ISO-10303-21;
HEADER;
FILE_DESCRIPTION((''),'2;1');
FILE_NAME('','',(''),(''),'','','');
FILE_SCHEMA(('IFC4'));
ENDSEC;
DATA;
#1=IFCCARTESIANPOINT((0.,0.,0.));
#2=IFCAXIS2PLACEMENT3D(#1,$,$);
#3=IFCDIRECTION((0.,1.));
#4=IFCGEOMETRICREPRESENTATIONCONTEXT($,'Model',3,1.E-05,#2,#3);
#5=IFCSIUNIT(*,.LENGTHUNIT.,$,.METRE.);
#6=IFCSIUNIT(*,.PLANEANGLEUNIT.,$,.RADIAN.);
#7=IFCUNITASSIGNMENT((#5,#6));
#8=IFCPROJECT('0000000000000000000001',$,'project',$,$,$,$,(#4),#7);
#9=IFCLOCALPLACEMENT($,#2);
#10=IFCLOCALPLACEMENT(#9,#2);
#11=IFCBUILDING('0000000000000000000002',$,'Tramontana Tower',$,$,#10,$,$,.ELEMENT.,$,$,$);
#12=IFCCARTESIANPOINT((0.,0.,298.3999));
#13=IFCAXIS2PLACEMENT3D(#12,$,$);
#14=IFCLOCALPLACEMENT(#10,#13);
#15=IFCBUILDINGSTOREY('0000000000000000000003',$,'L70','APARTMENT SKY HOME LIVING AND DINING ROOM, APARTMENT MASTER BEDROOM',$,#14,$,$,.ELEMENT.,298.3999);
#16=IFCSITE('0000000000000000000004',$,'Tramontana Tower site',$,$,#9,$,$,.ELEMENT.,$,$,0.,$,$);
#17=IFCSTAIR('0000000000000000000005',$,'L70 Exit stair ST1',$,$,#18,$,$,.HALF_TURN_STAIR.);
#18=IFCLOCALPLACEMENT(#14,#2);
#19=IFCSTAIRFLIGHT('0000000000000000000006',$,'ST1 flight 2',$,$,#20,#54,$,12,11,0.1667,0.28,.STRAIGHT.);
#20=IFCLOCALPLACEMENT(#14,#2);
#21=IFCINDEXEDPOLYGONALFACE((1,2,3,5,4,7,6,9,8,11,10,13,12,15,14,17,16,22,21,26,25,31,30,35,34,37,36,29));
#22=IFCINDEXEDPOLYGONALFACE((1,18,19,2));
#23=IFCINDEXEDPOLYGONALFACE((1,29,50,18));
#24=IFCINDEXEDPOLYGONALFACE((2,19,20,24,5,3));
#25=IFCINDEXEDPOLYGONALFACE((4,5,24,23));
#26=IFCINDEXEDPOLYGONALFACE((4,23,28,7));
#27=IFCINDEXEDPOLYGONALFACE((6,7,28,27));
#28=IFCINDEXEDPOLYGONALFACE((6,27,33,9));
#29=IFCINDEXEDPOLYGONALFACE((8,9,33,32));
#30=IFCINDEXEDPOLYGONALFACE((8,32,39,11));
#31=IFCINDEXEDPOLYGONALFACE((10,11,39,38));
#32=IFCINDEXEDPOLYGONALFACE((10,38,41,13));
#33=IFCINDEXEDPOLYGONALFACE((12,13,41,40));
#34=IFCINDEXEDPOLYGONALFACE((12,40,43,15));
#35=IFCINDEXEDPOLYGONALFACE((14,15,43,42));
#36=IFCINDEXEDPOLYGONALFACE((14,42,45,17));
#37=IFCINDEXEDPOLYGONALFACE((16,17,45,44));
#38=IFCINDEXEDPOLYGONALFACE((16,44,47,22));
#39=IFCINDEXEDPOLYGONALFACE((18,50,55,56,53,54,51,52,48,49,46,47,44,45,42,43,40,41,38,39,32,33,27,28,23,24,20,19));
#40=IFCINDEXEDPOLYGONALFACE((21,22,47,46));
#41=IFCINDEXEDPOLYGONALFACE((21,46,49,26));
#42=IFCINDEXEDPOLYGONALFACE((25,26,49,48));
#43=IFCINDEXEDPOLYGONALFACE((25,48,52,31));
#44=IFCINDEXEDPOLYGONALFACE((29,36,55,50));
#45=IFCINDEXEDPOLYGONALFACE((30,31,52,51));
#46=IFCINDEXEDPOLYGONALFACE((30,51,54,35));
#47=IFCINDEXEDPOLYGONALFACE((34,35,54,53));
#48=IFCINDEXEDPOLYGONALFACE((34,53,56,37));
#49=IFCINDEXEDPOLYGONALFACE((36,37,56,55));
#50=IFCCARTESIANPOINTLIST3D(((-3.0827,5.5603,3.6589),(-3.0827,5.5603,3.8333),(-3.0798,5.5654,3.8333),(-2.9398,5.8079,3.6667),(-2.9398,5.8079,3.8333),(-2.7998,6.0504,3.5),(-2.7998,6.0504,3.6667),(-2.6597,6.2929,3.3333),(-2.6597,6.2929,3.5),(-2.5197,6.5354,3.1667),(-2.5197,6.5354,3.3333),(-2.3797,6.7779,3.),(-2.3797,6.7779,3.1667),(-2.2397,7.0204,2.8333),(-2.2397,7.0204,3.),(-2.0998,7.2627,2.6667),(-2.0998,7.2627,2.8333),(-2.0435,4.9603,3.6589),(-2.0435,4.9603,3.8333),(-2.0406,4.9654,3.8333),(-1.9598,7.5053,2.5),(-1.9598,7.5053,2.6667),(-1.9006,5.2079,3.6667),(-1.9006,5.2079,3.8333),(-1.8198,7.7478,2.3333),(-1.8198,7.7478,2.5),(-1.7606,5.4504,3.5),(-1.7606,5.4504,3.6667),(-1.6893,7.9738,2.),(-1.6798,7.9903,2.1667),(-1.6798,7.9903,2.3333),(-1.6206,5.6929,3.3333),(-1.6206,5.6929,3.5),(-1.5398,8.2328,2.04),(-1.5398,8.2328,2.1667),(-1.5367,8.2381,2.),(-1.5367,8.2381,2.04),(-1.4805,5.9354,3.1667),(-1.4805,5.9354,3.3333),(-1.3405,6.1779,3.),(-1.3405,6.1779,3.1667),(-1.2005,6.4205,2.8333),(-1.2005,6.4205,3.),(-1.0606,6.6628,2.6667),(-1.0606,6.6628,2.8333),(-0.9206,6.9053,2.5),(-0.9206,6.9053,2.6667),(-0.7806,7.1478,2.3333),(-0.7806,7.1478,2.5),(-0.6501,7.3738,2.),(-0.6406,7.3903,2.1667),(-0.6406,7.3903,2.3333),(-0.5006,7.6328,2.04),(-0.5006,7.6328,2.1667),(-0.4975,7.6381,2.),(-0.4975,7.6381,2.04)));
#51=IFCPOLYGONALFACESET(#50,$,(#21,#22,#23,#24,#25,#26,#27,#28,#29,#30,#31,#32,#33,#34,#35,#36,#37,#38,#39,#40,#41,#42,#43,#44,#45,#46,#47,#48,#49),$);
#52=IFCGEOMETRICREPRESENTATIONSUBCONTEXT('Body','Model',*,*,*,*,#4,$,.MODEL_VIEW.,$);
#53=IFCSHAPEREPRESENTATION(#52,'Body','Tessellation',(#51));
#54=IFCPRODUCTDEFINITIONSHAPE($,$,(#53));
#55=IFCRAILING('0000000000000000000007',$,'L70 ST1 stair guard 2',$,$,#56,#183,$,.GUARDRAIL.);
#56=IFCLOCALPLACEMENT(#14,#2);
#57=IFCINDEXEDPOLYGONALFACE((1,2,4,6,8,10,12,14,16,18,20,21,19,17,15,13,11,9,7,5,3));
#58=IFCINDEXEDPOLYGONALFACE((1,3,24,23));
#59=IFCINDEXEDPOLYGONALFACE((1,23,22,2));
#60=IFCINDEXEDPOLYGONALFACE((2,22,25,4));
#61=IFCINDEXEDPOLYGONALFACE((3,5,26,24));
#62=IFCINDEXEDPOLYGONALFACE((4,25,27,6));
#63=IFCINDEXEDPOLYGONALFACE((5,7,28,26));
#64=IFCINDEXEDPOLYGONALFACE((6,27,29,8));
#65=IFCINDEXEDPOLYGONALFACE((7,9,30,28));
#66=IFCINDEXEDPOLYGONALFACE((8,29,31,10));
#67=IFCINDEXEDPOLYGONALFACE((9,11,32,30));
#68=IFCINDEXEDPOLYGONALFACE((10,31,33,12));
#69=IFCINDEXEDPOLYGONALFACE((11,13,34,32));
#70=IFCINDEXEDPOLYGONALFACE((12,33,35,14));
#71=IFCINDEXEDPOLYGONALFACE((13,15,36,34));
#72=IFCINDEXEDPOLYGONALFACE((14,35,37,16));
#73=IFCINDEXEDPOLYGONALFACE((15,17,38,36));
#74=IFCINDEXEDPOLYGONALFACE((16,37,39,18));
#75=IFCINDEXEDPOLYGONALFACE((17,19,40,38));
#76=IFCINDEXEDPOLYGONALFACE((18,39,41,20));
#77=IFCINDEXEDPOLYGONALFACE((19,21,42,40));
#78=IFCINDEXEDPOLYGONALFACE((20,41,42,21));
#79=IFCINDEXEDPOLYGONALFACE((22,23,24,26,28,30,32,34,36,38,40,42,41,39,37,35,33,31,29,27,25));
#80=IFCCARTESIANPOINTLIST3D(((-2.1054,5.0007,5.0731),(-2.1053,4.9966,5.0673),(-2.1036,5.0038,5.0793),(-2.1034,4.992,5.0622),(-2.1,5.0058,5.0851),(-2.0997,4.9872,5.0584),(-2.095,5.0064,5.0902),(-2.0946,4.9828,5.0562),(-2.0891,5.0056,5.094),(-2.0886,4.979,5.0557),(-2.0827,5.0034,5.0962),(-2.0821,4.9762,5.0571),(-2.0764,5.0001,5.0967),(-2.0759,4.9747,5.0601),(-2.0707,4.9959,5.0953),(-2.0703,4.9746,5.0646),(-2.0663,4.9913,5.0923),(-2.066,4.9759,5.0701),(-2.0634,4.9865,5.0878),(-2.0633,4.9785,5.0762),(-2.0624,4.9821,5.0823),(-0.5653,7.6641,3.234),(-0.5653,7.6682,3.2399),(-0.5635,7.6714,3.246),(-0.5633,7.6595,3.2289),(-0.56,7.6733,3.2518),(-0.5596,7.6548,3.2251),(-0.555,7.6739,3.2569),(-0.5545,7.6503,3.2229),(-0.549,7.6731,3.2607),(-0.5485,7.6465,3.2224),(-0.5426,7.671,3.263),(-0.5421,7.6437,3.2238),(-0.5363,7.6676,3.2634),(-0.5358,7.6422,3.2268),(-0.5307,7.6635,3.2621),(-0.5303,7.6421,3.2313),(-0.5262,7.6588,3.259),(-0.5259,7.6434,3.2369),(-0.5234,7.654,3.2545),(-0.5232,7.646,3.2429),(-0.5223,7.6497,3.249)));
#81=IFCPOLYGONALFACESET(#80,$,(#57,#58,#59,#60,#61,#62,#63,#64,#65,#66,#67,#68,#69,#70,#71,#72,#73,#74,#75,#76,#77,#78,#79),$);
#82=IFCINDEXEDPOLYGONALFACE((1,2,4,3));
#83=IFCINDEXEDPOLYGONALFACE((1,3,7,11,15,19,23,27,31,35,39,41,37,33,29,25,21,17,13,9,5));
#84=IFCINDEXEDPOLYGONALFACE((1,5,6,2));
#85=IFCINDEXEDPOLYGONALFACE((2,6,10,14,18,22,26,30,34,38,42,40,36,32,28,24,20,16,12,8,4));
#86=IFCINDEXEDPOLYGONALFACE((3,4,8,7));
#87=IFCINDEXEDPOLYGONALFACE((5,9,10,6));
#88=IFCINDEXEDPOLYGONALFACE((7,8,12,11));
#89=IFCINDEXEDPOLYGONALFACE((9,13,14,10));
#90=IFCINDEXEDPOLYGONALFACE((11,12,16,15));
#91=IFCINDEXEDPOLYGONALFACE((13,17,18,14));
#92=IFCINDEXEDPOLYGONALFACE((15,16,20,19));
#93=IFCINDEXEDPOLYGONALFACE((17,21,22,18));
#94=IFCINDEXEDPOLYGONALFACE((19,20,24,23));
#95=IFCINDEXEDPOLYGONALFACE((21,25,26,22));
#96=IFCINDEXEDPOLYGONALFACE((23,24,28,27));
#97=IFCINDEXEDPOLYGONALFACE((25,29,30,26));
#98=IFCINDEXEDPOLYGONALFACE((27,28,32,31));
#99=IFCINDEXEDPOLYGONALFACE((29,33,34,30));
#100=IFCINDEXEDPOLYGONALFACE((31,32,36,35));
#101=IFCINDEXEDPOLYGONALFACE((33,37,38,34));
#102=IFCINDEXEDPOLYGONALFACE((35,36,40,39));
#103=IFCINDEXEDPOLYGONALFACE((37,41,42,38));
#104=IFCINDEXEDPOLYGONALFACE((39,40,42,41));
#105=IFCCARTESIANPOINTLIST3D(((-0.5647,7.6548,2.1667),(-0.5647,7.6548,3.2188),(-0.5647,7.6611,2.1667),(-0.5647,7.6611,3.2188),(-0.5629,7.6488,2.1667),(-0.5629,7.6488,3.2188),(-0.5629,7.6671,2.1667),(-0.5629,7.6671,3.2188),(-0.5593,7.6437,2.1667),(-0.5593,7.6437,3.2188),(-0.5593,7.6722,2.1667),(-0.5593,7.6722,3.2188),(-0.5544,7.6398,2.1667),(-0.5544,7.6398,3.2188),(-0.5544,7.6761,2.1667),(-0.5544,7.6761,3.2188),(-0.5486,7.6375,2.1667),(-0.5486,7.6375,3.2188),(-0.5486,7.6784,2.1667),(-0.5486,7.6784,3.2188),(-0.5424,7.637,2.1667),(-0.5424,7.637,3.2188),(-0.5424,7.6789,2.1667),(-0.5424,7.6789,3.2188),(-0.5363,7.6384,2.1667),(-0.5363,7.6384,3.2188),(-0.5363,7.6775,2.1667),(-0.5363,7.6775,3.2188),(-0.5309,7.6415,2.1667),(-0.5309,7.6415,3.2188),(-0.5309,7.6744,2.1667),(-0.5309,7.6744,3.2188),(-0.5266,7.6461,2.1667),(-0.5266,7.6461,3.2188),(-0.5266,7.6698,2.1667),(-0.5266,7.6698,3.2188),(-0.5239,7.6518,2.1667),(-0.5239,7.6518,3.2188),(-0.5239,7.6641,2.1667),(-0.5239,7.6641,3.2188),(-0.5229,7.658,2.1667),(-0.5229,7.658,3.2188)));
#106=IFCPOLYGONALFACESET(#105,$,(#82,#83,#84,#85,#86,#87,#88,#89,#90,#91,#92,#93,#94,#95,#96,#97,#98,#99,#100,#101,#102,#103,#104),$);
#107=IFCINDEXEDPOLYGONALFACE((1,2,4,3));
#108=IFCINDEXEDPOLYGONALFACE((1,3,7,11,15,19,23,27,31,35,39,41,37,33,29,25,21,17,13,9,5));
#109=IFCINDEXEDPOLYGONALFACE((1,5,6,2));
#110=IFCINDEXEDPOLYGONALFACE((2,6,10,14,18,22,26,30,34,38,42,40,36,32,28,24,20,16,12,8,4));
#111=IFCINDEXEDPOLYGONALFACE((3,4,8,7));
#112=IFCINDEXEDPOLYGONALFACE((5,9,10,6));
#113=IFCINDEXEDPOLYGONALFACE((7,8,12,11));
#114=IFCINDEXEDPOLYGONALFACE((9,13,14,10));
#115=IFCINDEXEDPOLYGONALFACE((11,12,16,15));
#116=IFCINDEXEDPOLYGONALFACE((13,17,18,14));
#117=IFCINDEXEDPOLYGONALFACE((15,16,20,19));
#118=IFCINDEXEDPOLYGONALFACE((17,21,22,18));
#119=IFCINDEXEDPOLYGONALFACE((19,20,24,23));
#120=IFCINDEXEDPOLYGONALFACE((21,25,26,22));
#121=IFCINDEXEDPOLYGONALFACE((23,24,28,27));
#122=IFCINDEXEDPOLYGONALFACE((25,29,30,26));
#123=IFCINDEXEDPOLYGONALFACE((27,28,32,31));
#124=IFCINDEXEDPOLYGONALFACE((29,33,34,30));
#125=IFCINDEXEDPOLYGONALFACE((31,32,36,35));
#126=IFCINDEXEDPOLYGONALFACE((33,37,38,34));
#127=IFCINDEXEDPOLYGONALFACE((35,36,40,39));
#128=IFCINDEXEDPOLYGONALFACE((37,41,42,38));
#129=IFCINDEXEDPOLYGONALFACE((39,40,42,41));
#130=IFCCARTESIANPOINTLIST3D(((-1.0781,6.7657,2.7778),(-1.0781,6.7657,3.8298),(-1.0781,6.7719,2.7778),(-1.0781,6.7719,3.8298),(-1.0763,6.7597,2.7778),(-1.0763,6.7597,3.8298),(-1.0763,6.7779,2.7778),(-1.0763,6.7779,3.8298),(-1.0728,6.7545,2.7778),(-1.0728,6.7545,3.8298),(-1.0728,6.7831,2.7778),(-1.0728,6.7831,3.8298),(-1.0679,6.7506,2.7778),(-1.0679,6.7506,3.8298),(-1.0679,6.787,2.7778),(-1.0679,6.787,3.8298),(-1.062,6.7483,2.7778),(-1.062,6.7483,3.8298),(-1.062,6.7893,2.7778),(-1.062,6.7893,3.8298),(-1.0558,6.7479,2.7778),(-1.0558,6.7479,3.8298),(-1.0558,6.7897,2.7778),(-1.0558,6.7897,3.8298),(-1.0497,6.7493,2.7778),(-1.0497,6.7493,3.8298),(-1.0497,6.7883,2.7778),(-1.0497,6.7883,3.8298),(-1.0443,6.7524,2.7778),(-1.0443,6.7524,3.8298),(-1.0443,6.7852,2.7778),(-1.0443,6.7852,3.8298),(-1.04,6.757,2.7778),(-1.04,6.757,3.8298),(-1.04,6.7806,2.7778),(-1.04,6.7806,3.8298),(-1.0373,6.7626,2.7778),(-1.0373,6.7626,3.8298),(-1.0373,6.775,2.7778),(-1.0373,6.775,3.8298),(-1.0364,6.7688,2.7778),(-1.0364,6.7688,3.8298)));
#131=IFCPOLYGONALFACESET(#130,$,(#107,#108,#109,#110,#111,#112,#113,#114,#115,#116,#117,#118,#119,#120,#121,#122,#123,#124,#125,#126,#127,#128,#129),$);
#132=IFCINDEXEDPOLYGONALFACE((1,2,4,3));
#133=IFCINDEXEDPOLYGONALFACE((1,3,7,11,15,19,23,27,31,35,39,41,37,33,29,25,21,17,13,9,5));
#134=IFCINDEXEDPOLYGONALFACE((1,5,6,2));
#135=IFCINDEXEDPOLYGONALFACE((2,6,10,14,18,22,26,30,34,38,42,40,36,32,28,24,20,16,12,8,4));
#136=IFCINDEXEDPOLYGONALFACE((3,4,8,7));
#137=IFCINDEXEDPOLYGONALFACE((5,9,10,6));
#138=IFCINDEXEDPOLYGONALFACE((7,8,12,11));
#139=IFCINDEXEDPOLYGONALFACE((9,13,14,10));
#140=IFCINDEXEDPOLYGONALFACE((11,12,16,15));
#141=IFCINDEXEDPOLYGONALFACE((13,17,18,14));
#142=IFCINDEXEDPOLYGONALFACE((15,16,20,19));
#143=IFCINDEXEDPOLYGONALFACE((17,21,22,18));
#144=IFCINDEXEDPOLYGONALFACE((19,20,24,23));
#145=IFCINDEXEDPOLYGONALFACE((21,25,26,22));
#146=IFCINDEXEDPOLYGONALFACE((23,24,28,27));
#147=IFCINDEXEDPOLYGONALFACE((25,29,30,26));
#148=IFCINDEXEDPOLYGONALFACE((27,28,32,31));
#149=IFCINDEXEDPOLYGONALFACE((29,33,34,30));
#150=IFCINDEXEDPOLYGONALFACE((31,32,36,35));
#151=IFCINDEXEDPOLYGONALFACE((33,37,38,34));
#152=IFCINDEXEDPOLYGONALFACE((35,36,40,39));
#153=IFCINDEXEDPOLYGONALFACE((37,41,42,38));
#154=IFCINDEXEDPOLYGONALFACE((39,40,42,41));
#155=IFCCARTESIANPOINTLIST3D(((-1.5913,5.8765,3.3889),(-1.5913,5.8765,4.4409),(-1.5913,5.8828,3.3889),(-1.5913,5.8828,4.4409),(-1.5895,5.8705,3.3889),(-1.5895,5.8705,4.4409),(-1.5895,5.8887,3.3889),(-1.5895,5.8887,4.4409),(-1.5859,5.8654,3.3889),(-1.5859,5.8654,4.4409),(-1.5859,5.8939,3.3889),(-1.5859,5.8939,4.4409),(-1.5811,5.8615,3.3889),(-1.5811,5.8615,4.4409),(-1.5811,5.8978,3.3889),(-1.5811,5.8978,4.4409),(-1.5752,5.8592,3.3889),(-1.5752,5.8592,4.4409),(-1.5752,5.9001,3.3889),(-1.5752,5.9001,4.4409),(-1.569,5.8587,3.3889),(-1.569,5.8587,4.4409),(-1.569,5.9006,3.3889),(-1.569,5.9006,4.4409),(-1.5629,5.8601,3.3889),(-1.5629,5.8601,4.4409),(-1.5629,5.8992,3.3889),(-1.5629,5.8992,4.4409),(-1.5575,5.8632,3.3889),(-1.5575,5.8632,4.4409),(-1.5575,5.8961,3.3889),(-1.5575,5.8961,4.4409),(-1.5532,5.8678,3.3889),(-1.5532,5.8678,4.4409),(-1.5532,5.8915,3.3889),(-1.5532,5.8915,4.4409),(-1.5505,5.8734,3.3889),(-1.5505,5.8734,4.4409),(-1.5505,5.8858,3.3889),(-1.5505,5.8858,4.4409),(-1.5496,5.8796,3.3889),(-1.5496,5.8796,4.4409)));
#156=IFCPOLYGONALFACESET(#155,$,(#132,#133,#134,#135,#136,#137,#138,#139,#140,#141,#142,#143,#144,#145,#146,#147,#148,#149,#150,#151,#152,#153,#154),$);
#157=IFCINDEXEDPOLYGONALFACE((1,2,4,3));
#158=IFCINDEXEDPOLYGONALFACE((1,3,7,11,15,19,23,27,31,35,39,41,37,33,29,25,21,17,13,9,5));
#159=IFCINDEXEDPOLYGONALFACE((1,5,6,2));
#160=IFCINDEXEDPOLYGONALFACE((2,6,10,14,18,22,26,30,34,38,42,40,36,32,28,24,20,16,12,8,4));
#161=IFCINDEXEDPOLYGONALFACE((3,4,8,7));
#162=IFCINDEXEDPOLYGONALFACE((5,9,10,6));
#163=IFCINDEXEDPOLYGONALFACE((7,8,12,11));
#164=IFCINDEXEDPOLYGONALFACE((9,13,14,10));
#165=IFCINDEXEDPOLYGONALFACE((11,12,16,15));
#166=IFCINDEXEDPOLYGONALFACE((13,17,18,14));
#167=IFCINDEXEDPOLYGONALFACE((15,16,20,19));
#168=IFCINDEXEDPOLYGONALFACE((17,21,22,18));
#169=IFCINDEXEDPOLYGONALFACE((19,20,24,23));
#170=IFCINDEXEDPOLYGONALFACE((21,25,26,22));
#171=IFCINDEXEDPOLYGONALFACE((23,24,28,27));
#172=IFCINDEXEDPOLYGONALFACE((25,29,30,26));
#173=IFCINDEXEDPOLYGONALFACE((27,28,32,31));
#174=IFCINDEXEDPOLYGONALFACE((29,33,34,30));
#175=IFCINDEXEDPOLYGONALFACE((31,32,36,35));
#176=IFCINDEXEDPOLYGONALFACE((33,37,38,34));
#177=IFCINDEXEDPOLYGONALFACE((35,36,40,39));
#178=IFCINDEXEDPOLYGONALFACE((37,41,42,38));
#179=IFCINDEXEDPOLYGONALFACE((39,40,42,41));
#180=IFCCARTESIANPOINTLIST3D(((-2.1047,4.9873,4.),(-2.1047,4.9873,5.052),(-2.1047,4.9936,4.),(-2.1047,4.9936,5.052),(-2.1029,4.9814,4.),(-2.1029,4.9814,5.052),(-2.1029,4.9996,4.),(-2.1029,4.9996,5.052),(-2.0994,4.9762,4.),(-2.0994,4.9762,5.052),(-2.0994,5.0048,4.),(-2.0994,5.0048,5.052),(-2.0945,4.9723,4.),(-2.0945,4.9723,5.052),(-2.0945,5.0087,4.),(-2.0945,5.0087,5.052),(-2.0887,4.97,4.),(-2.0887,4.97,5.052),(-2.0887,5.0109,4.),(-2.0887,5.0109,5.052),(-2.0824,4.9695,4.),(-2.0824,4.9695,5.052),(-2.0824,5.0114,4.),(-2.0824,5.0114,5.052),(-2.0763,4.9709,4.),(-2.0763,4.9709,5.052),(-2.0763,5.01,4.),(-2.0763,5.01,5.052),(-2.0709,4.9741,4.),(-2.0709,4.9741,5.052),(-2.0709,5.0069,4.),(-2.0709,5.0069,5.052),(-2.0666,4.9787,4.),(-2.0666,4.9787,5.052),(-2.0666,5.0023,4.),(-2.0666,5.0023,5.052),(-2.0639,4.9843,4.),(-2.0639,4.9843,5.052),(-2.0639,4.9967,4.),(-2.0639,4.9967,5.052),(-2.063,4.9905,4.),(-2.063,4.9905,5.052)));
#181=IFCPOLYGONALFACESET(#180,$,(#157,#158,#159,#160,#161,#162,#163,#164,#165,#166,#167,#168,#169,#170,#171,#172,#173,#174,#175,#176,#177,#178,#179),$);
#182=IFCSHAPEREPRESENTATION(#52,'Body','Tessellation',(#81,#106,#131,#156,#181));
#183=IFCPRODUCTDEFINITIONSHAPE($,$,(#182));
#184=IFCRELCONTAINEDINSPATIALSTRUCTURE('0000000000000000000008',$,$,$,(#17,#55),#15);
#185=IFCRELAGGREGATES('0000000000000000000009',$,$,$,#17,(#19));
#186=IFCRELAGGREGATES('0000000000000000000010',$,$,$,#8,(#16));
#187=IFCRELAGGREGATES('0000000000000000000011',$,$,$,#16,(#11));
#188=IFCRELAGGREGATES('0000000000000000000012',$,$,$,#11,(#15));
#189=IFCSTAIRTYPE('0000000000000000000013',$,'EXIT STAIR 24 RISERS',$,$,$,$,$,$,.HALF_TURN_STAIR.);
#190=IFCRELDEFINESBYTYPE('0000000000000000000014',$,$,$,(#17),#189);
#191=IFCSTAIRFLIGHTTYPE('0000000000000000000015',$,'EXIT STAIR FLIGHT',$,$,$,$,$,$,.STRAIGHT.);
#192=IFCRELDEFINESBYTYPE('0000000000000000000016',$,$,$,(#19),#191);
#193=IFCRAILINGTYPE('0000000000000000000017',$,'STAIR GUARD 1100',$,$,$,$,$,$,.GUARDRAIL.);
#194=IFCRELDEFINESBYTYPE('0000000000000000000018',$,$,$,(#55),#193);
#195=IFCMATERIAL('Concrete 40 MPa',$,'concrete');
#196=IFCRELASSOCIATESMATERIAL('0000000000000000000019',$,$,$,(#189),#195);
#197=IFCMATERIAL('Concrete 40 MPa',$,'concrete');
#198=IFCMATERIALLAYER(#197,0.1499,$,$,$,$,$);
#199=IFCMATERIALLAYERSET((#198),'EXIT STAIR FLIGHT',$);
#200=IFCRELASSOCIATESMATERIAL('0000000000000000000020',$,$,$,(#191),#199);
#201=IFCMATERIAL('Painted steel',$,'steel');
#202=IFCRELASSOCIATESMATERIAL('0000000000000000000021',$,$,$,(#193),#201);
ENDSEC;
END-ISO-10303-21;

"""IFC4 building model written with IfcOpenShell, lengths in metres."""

from ifc_helpers import new_model, si_unit, direction, frame, origin, origin_2d, place, context, subcontext, project, spatial, polyline, circle, outline, extrude, material, layer, layer_set, type_object, element, aggregate, save


model = new_model("IFC4")

# Units and contexts
model_context = context("Model", 3, precision=1e-05, world=origin(), true_north=direction((0.0, 1.0)))
body_context = subcontext(model_context, "Body", "Model", "MODEL_VIEW")
ifc_project = project(units=[si_unit("LENGTHUNIT", "METRE"), si_unit("PLANEANGLEUNIT", "RADIAN")], contexts=[model_context])

# Site, building, storey
site_placement = place(None, origin())
site = spatial("IfcSite", under=ifc_project, at=site_placement, Name="Tramontana Tower site", CompositionType="ELEMENT", RefElevation=0.0)
building_placement = place(site_placement, origin())
building = spatial("IfcBuilding", under=site, at=building_placement, Name="Tramontana Tower", CompositionType="ELEMENT")
storey_placement = place(building_placement, frame((0.0, 0.0, 298.3999)))
storey = spatial("IfcBuildingStorey", under=building, at=storey_placement, Name="L70", Description="APARTMENT SKY HOME LIVING AND DINING ROOM, APARTMENT MASTER BEDROOM", CompositionType="ELEMENT", Elevation=298.3999)

# Stair, stair flight
ifc_material_1 = material(Name="Concrete 40 MPa", Category="concrete")
stair_type = type_object("IfcStairType", Name="EXIT STAIR 24 RISERS", PredefinedType="HALF_TURN_STAIR", material=ifc_material_1)
stair_placement = place(storey_placement, origin())
stair = element("IfcStair", 1, at=stair_placement, inside=storey, type_object=stair_type, Name="L70 Exit stair ST1", PredefinedType="HALF_TURN_STAIR")
ifc_material_2 = material(Name="Concrete 40 MPa", Category="concrete")
ifc_layer_1 = layer(ifc_material_2, 0.1499)
ifc_layer_set_1 = layer_set([ifc_layer_1], Name="EXIT STAIR FLIGHT")
stair_flight_type = type_object("IfcStairFlightType", Name="EXIT STAIR FLIGHT", PredefinedType="STRAIGHT", material=ifc_layer_set_1)
stair_flight_placement = place(storey_placement, frame((-1.0203, 7.9329, 2.0), z_axis=(0.0, 0.0, 1.0), x_axis=(-0.5, -0.866025, 0.0)))
stair_flight = element("IfcStairFlight", 2, at=stair_flight_placement, type_object=stair_flight_type, Name="ST1 flight 2", NumberOfRisers=12, NumberOfTreads=11, PredefinedType="STRAIGHT", RiserHeight=0.1667, TreadLength=0.28, context=body_context, shape_type="SweptSolid", body=[
    extrude(outline(polyline([(-0.0061, 0.0), (-0.0061, 0.04), (0.0, 0.04), (0.0, 0.1667), (0.28, 0.1667), (0.28, 0.3333), (0.5601, 0.3333), (0.5601, 0.5), (0.8401, 0.5), (0.8401, 0.6667), (1.1201, 0.6667), (1.1201, 0.8333), (1.3999, 0.8333), (1.3999, 1.0), (1.6799, 1.0), (1.6799, 1.1667), (1.96, 1.1667), (1.96, 1.3333), (2.24, 1.3333), (2.24, 1.5), (2.52, 1.5), (2.52, 1.6667), (2.8, 1.6667), (2.8, 1.8333), (3.0801, 1.8333), (3.0859, 1.8333), (3.0859, 1.6589), (0.2991, 0.0), (-0.0061, 0.0)])), frame((0.0, 0.6001, 0.0), z_axis=(0.0, -1.0, 0.0), x_axis=(1.0, 0.0, 0.0)), (0.0, 0.0, 1.0), 1.2),
])
aggregate(stair, [stair_flight])

# Railing
ifc_material_3 = material(Name="Painted steel", Category="steel")
railing_type_1 = type_object("IfcRailingType", Name="STAIR GUARD 1100", PredefinedType="GUARDRAIL", material=ifc_material_3)
railing_1_placement = place(storey_placement, frame((-0.5439, 7.658, 2.1667)))
element("IfcRailing", 3, at=railing_1_placement, inside=storey, type_object=railing_type_1, Name="L70 ST1 stair guard 2", PredefinedType="GUARDRAIL", context=body_context, shape_type="SweptSolid", body=[
    extrude(circle(Radius=0.0239, at=origin_2d()), frame((0.0, 0.0, 1.0762), z_axis=(-0.429649, -0.74419, 0.511452), x_axis=(0.86603, -0.499992, 0.0)), (0.0, 0.0, 1.0), 3.5845),
    extrude(circle(Radius=0.021, at=origin_2d()), origin(), (0.0, 0.0, 1.0), 1.052),
    extrude(circle(Radius=0.021, at=origin_2d()), frame((-0.5134, -0.8892, 0.6111)), (0.0, 0.0, 1.0), 1.052),
    extrude(circle(Radius=0.021, at=origin_2d()), frame((-1.0266, -1.7783, 1.2222)), (0.0, 0.0, 1.0), 1.052),
    extrude(circle(Radius=0.021, at=origin_2d()), frame((-1.54, -2.6675, 1.8333)), (0.0, 0.0, 1.0), 1.052),
])

save(model, "model.ifc")
